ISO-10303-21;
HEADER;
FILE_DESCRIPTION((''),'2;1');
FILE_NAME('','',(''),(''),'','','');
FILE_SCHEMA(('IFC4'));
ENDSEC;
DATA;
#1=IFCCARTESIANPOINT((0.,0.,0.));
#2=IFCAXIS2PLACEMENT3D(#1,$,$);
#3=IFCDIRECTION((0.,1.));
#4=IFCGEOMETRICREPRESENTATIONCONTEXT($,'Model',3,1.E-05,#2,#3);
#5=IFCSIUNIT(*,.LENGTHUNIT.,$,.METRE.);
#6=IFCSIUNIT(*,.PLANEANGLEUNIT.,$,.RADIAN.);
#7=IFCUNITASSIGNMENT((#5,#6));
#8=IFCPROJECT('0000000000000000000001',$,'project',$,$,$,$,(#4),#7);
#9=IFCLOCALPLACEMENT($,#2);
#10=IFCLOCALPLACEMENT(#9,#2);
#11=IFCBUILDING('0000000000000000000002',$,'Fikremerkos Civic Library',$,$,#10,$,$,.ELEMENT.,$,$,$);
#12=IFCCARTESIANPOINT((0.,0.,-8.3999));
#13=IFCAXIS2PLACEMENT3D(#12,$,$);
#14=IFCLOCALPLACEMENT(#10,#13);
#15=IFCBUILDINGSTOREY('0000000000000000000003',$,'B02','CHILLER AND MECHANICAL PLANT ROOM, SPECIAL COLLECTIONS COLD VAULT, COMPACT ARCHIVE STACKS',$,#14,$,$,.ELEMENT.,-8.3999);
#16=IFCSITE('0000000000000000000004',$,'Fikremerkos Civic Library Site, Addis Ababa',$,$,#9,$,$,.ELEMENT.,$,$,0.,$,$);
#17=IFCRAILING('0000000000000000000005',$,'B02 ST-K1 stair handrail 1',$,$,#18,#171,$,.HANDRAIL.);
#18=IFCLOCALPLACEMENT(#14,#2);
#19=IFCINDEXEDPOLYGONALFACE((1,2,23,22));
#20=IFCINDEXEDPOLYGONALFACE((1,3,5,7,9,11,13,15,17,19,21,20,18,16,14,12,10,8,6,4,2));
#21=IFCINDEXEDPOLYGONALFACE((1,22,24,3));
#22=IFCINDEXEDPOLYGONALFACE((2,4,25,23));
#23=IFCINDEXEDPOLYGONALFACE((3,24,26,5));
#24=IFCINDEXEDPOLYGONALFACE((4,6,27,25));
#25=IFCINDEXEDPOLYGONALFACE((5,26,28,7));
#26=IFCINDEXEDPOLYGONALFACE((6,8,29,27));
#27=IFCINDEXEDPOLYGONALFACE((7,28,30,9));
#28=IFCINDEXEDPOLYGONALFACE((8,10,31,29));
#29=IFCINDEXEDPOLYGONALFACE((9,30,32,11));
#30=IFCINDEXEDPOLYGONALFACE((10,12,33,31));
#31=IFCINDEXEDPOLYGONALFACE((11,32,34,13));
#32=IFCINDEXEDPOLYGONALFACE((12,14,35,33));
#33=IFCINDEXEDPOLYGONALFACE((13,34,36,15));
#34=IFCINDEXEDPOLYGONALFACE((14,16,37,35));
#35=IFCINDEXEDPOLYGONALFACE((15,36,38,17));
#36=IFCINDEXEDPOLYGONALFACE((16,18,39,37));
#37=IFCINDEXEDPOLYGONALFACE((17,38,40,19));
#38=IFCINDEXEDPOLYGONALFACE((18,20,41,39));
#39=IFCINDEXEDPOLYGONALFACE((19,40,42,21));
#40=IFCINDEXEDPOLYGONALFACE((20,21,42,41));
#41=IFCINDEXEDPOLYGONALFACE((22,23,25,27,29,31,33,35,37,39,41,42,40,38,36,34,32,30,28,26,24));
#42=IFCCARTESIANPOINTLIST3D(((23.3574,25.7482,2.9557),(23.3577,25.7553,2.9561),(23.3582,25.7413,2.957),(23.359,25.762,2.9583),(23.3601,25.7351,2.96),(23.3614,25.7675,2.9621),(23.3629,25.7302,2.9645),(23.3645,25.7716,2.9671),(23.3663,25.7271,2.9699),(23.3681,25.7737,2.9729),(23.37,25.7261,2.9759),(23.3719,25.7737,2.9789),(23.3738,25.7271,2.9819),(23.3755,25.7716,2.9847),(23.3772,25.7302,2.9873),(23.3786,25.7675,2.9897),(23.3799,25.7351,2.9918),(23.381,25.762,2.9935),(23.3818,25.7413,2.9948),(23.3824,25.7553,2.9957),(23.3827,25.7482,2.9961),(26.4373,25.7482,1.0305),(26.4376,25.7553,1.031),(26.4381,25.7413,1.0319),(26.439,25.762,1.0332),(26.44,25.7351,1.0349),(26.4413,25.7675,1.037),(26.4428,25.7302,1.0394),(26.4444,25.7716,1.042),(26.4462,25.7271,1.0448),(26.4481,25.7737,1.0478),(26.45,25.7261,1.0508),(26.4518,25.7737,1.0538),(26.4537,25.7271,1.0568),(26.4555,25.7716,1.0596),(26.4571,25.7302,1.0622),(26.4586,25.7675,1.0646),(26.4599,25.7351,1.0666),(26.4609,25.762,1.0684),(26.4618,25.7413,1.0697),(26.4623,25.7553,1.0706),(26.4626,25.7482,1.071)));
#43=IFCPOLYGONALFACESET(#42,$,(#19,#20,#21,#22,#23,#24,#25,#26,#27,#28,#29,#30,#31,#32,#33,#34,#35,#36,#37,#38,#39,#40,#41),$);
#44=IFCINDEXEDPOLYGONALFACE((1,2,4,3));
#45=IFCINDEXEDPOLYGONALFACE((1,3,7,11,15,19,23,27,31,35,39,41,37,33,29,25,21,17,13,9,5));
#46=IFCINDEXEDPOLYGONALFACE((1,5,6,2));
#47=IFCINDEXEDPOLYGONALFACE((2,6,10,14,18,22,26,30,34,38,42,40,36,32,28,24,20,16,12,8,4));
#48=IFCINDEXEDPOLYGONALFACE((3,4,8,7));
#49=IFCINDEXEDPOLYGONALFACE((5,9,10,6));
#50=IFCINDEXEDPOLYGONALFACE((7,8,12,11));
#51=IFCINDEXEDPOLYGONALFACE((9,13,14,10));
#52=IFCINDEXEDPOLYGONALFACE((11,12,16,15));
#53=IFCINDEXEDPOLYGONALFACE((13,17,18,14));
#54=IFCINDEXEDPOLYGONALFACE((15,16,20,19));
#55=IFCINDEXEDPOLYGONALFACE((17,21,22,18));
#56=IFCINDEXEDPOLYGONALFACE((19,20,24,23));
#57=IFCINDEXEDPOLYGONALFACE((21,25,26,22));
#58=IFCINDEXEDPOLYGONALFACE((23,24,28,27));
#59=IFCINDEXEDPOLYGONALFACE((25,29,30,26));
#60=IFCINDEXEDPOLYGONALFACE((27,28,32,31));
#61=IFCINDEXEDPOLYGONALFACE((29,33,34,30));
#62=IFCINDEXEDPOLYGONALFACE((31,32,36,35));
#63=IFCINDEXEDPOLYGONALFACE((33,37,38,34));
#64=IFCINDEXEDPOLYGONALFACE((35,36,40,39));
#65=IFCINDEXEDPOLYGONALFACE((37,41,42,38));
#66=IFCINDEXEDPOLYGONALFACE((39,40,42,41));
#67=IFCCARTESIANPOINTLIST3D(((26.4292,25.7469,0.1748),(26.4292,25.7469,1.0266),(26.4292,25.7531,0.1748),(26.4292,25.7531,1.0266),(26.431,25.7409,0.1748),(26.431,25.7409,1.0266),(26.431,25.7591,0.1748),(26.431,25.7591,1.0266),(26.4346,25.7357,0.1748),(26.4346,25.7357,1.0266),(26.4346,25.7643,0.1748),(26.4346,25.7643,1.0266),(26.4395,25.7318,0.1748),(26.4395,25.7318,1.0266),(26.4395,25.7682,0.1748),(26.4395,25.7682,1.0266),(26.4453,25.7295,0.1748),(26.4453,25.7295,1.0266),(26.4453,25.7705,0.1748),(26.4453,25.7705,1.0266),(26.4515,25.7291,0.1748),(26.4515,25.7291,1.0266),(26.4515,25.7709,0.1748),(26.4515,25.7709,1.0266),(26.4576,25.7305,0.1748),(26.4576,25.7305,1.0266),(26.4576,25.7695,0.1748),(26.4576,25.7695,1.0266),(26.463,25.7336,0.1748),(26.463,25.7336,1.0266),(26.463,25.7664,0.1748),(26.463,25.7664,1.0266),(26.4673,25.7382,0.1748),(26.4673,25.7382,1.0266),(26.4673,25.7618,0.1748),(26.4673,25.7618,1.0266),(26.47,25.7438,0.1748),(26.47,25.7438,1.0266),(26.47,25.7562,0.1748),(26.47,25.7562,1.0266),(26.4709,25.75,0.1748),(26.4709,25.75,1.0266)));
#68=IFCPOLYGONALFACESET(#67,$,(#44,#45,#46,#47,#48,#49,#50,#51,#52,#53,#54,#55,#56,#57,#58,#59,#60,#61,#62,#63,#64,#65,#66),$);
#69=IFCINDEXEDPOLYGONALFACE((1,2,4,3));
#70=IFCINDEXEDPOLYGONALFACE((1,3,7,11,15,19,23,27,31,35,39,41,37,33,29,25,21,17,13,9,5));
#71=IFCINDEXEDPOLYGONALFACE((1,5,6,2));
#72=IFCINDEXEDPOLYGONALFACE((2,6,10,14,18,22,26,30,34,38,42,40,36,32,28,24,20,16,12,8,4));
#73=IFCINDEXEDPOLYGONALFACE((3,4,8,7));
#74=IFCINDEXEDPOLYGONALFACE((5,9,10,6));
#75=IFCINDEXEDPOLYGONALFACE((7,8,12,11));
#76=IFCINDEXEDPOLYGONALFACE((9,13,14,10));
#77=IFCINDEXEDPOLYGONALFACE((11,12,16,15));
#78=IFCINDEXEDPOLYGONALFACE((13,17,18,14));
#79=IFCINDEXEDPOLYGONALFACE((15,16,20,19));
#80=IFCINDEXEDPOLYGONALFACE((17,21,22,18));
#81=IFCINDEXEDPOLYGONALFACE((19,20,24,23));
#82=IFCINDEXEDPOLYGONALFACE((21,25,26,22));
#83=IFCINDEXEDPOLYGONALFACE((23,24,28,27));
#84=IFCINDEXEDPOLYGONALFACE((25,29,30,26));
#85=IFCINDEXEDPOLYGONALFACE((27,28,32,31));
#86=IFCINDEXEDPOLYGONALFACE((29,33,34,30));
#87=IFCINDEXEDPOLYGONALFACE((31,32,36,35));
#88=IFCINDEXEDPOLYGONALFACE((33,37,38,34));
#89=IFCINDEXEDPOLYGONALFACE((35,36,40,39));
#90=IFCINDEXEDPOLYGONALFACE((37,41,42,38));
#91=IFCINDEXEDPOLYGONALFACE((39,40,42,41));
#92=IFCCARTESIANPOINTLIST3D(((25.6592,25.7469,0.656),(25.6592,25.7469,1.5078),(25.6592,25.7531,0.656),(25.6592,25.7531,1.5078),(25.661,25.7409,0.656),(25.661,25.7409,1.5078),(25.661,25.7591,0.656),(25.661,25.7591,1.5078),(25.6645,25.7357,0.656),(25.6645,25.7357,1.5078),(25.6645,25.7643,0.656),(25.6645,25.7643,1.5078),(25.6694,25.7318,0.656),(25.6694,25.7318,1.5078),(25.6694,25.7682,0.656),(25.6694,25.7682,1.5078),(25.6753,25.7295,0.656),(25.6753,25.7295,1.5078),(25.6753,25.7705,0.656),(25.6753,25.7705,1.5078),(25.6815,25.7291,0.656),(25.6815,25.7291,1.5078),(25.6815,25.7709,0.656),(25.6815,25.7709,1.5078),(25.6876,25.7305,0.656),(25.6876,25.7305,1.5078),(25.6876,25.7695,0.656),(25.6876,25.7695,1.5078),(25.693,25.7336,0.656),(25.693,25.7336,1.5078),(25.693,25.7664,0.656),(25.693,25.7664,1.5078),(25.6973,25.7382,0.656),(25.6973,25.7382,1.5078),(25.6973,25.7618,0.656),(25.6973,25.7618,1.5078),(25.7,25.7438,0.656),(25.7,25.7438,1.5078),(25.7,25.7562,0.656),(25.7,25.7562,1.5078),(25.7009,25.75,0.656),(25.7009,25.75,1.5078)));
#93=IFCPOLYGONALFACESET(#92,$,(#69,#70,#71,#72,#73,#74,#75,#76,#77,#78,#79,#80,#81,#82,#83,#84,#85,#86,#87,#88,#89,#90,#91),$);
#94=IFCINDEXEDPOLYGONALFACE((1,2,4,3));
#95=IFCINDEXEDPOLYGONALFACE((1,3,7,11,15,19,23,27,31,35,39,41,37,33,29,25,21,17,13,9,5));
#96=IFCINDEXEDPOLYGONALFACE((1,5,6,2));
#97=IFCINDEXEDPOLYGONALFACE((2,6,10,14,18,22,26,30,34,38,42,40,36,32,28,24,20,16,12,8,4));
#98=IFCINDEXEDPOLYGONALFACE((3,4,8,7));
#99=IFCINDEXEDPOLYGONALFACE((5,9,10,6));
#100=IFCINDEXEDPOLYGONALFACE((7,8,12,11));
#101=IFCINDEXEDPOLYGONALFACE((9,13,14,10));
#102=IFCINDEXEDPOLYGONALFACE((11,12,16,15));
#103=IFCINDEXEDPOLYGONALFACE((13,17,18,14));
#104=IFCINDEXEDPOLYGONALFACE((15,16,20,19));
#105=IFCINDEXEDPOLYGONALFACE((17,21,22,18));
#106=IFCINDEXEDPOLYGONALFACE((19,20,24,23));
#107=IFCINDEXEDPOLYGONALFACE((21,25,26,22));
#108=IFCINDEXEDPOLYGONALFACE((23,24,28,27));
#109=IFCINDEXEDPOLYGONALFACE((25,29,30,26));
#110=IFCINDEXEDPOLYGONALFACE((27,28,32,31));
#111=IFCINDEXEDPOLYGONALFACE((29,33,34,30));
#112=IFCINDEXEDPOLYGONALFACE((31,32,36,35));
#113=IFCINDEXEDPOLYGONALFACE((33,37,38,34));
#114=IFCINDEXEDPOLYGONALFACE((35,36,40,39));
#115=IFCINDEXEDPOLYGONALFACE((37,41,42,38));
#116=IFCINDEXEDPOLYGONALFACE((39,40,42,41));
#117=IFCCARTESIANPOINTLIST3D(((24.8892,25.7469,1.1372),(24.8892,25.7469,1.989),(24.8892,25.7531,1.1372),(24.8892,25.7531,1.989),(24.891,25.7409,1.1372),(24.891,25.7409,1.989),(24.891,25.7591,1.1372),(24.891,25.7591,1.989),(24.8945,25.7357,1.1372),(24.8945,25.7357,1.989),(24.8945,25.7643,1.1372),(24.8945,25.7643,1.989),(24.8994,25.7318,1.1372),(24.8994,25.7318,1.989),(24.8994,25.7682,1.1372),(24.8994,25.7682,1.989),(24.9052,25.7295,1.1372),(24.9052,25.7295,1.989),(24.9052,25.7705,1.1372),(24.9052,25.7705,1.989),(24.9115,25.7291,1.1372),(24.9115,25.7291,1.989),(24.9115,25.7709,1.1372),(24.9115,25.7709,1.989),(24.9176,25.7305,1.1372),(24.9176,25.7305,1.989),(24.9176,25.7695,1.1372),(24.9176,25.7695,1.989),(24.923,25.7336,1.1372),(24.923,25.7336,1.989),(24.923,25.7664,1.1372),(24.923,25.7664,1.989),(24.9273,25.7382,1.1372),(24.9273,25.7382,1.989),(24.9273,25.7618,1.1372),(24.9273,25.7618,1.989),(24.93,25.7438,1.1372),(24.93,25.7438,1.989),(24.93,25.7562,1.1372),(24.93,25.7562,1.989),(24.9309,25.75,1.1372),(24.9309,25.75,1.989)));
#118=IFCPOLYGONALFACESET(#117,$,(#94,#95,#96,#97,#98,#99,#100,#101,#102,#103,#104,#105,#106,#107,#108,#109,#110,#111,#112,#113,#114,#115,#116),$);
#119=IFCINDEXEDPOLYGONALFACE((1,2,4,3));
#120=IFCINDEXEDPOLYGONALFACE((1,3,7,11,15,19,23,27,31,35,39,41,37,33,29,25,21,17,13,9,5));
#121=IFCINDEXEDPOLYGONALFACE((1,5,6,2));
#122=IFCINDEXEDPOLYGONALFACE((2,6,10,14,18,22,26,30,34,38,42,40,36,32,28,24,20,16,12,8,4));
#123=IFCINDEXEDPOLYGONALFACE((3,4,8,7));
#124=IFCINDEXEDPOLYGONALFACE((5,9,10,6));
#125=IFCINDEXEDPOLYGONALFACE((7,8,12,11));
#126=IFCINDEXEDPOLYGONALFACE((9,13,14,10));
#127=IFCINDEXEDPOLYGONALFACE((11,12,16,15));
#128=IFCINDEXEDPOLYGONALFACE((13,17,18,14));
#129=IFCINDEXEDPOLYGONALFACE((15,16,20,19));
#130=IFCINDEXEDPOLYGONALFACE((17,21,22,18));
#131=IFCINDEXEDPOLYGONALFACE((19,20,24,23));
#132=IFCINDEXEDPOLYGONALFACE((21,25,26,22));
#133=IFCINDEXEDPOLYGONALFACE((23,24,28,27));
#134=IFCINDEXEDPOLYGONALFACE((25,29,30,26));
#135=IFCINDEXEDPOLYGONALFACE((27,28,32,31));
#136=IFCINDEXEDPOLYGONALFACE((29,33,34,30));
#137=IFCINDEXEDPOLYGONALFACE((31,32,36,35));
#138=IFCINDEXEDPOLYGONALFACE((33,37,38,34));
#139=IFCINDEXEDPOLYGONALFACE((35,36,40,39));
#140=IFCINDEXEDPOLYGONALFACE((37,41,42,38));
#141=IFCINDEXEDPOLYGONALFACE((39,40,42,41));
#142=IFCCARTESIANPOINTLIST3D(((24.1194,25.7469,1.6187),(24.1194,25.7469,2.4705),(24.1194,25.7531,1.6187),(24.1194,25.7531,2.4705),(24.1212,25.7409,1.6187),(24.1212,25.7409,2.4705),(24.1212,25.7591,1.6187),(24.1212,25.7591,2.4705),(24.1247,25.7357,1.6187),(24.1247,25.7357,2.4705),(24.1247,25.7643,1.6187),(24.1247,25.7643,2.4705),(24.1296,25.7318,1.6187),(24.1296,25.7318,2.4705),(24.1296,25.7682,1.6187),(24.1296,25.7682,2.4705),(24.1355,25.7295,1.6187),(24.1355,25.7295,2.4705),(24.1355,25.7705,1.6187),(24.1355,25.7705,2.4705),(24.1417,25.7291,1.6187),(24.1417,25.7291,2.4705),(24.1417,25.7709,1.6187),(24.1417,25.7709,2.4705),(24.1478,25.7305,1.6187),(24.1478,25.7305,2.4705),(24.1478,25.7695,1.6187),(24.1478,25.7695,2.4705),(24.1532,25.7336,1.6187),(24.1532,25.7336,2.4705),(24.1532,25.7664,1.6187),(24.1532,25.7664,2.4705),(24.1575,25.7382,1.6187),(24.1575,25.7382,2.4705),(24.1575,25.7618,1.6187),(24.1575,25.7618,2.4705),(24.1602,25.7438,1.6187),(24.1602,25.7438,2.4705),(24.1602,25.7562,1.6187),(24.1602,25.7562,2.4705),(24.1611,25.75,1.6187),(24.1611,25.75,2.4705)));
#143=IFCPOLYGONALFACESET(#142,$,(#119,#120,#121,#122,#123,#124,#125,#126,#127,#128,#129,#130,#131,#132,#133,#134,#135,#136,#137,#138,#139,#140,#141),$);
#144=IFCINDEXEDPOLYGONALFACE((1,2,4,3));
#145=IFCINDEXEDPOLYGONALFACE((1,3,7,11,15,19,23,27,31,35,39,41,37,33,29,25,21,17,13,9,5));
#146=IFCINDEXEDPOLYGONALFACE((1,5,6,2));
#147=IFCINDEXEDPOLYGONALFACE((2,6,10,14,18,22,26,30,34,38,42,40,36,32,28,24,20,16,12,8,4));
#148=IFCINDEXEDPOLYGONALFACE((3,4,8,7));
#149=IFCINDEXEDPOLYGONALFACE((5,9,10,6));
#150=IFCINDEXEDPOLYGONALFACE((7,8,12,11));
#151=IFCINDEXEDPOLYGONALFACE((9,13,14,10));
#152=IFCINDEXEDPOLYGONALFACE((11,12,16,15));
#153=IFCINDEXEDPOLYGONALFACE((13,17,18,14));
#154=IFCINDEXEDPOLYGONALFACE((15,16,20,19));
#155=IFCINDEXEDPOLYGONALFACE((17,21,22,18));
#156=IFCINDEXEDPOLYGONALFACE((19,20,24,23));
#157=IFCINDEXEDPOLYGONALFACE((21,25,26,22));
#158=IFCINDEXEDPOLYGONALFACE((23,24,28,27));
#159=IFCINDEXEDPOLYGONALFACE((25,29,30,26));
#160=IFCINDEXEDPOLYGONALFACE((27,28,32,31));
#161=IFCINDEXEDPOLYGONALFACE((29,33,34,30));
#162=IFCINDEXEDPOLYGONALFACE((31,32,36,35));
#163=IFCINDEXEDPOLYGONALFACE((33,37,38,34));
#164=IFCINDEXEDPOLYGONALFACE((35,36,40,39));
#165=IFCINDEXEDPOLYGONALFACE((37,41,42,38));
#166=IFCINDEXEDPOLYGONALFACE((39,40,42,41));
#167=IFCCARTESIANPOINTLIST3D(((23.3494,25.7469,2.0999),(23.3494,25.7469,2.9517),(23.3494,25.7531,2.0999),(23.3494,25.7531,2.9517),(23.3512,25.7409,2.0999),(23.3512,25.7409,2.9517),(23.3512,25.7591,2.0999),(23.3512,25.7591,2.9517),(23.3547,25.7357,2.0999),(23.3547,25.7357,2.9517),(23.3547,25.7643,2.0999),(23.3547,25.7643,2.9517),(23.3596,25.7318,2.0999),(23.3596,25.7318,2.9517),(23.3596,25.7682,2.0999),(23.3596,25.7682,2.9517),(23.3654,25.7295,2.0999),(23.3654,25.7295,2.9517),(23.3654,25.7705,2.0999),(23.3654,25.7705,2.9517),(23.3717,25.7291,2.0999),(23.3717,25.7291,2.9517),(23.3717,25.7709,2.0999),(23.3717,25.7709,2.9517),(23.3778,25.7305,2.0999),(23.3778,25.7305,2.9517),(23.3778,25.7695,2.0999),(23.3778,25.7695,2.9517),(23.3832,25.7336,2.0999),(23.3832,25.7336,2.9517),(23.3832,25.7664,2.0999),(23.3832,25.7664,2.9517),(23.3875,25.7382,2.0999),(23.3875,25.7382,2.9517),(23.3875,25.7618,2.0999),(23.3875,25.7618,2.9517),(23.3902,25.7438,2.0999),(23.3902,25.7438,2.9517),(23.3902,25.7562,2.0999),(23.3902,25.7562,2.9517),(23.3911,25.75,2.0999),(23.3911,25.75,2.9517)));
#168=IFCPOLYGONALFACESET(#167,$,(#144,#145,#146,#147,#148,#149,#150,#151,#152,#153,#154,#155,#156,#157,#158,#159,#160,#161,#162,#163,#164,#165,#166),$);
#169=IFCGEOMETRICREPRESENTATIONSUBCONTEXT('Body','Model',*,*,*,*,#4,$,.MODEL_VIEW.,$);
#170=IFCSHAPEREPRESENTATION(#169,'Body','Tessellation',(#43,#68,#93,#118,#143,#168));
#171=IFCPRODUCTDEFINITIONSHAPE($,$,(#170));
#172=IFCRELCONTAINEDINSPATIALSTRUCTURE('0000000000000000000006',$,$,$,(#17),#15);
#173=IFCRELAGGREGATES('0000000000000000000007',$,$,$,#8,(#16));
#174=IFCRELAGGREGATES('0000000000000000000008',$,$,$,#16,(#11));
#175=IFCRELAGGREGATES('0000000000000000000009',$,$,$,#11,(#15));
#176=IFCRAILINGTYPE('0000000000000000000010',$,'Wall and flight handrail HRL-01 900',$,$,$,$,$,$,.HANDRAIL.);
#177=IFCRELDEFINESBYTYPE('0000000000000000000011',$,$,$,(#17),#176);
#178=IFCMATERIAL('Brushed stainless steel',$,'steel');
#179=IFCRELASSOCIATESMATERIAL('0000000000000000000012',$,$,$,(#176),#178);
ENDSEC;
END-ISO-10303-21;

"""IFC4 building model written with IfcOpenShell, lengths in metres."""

from ifc_helpers import new_model, si_unit, direction, frame, origin, origin_2d, place, context, subcontext, project, spatial, circle, extrude, material, type_object, element, save


model = new_model("IFC4")

# Units and contexts
model_context = context("Model", 3, precision=1e-05, world=origin(), true_north=direction((0.0, 1.0)))
body_context = subcontext(model_context, "Body", "Model", "MODEL_VIEW")
ifc_project = project(units=[si_unit("LENGTHUNIT", "METRE"), si_unit("PLANEANGLEUNIT", "RADIAN")], contexts=[model_context])

# Site, building, storey
site_placement = place(None, origin())
site = spatial("IfcSite", under=ifc_project, at=site_placement, Name="Fikremerkos Civic Library Site, Addis Ababa", CompositionType="ELEMENT", RefElevation=0.0)
building_placement = place(site_placement, origin())
building = spatial("IfcBuilding", under=site, at=building_placement, Name="Fikremerkos Civic Library", CompositionType="ELEMENT")
storey_placement = place(building_placement, frame((0.0, 0.0, -8.3999)))
storey = spatial("IfcBuildingStorey", under=building, at=storey_placement, Name="B02", Description="CHILLER AND MECHANICAL PLANT ROOM, SPECIAL COLLECTIONS COLD VAULT, COMPACT ARCHIVE STACKS", CompositionType="ELEMENT", Elevation=-8.3999)

# Shared definitions
ifc_material_1 = material(Name="Brushed stainless steel", Category="steel")

# Railing
railing_type_1 = type_object("IfcRailingType", Name="Wall and flight handrail HRL-01 900", PredefinedType="HANDRAIL", material=ifc_material_1)
railing_1_placement = place(storey_placement, frame((26.45, 25.75, 0.1748)))
element("IfcRailing", 1, at=railing_1_placement, inside=storey, type_object=railing_type_1, Name="B02 ST-K1 stair handrail 1", PredefinedType="HANDRAIL", context=body_context, shape_type="SweptSolid", body=[
    extrude(circle(Radius=0.0239, at=origin_2d()), frame((0.0, 0.0, 0.876), z_axis=(-0.847979, 0.0, 0.530029), x_axis=(0.0, -1.0, 0.0)), (0.0, 0.0, 1.0), 3.6321),
    extrude(circle(Radius=0.021, at=origin_2d()), origin(), (0.0, 0.0, 1.0), 0.8518),
    extrude(circle(Radius=0.021, at=origin_2d()), frame((-0.77, 0.0, 0.4812)), (0.0, 0.0, 1.0), 0.8518),
    extrude(circle(Radius=0.021, at=origin_2d()), frame((-1.54, 0.0, 0.9624)), (0.0, 0.0, 1.0), 0.8518),
    extrude(circle(Radius=0.021, at=origin_2d()), frame((-2.3098, 0.0, 1.4438)), (0.0, 0.0, 1.0), 0.8518),
    extrude(circle(Radius=0.021, at=origin_2d()), frame((-3.0798, 0.0, 1.925)), (0.0, 0.0, 1.0), 0.8518),
])

save(model, "model.ifc")
